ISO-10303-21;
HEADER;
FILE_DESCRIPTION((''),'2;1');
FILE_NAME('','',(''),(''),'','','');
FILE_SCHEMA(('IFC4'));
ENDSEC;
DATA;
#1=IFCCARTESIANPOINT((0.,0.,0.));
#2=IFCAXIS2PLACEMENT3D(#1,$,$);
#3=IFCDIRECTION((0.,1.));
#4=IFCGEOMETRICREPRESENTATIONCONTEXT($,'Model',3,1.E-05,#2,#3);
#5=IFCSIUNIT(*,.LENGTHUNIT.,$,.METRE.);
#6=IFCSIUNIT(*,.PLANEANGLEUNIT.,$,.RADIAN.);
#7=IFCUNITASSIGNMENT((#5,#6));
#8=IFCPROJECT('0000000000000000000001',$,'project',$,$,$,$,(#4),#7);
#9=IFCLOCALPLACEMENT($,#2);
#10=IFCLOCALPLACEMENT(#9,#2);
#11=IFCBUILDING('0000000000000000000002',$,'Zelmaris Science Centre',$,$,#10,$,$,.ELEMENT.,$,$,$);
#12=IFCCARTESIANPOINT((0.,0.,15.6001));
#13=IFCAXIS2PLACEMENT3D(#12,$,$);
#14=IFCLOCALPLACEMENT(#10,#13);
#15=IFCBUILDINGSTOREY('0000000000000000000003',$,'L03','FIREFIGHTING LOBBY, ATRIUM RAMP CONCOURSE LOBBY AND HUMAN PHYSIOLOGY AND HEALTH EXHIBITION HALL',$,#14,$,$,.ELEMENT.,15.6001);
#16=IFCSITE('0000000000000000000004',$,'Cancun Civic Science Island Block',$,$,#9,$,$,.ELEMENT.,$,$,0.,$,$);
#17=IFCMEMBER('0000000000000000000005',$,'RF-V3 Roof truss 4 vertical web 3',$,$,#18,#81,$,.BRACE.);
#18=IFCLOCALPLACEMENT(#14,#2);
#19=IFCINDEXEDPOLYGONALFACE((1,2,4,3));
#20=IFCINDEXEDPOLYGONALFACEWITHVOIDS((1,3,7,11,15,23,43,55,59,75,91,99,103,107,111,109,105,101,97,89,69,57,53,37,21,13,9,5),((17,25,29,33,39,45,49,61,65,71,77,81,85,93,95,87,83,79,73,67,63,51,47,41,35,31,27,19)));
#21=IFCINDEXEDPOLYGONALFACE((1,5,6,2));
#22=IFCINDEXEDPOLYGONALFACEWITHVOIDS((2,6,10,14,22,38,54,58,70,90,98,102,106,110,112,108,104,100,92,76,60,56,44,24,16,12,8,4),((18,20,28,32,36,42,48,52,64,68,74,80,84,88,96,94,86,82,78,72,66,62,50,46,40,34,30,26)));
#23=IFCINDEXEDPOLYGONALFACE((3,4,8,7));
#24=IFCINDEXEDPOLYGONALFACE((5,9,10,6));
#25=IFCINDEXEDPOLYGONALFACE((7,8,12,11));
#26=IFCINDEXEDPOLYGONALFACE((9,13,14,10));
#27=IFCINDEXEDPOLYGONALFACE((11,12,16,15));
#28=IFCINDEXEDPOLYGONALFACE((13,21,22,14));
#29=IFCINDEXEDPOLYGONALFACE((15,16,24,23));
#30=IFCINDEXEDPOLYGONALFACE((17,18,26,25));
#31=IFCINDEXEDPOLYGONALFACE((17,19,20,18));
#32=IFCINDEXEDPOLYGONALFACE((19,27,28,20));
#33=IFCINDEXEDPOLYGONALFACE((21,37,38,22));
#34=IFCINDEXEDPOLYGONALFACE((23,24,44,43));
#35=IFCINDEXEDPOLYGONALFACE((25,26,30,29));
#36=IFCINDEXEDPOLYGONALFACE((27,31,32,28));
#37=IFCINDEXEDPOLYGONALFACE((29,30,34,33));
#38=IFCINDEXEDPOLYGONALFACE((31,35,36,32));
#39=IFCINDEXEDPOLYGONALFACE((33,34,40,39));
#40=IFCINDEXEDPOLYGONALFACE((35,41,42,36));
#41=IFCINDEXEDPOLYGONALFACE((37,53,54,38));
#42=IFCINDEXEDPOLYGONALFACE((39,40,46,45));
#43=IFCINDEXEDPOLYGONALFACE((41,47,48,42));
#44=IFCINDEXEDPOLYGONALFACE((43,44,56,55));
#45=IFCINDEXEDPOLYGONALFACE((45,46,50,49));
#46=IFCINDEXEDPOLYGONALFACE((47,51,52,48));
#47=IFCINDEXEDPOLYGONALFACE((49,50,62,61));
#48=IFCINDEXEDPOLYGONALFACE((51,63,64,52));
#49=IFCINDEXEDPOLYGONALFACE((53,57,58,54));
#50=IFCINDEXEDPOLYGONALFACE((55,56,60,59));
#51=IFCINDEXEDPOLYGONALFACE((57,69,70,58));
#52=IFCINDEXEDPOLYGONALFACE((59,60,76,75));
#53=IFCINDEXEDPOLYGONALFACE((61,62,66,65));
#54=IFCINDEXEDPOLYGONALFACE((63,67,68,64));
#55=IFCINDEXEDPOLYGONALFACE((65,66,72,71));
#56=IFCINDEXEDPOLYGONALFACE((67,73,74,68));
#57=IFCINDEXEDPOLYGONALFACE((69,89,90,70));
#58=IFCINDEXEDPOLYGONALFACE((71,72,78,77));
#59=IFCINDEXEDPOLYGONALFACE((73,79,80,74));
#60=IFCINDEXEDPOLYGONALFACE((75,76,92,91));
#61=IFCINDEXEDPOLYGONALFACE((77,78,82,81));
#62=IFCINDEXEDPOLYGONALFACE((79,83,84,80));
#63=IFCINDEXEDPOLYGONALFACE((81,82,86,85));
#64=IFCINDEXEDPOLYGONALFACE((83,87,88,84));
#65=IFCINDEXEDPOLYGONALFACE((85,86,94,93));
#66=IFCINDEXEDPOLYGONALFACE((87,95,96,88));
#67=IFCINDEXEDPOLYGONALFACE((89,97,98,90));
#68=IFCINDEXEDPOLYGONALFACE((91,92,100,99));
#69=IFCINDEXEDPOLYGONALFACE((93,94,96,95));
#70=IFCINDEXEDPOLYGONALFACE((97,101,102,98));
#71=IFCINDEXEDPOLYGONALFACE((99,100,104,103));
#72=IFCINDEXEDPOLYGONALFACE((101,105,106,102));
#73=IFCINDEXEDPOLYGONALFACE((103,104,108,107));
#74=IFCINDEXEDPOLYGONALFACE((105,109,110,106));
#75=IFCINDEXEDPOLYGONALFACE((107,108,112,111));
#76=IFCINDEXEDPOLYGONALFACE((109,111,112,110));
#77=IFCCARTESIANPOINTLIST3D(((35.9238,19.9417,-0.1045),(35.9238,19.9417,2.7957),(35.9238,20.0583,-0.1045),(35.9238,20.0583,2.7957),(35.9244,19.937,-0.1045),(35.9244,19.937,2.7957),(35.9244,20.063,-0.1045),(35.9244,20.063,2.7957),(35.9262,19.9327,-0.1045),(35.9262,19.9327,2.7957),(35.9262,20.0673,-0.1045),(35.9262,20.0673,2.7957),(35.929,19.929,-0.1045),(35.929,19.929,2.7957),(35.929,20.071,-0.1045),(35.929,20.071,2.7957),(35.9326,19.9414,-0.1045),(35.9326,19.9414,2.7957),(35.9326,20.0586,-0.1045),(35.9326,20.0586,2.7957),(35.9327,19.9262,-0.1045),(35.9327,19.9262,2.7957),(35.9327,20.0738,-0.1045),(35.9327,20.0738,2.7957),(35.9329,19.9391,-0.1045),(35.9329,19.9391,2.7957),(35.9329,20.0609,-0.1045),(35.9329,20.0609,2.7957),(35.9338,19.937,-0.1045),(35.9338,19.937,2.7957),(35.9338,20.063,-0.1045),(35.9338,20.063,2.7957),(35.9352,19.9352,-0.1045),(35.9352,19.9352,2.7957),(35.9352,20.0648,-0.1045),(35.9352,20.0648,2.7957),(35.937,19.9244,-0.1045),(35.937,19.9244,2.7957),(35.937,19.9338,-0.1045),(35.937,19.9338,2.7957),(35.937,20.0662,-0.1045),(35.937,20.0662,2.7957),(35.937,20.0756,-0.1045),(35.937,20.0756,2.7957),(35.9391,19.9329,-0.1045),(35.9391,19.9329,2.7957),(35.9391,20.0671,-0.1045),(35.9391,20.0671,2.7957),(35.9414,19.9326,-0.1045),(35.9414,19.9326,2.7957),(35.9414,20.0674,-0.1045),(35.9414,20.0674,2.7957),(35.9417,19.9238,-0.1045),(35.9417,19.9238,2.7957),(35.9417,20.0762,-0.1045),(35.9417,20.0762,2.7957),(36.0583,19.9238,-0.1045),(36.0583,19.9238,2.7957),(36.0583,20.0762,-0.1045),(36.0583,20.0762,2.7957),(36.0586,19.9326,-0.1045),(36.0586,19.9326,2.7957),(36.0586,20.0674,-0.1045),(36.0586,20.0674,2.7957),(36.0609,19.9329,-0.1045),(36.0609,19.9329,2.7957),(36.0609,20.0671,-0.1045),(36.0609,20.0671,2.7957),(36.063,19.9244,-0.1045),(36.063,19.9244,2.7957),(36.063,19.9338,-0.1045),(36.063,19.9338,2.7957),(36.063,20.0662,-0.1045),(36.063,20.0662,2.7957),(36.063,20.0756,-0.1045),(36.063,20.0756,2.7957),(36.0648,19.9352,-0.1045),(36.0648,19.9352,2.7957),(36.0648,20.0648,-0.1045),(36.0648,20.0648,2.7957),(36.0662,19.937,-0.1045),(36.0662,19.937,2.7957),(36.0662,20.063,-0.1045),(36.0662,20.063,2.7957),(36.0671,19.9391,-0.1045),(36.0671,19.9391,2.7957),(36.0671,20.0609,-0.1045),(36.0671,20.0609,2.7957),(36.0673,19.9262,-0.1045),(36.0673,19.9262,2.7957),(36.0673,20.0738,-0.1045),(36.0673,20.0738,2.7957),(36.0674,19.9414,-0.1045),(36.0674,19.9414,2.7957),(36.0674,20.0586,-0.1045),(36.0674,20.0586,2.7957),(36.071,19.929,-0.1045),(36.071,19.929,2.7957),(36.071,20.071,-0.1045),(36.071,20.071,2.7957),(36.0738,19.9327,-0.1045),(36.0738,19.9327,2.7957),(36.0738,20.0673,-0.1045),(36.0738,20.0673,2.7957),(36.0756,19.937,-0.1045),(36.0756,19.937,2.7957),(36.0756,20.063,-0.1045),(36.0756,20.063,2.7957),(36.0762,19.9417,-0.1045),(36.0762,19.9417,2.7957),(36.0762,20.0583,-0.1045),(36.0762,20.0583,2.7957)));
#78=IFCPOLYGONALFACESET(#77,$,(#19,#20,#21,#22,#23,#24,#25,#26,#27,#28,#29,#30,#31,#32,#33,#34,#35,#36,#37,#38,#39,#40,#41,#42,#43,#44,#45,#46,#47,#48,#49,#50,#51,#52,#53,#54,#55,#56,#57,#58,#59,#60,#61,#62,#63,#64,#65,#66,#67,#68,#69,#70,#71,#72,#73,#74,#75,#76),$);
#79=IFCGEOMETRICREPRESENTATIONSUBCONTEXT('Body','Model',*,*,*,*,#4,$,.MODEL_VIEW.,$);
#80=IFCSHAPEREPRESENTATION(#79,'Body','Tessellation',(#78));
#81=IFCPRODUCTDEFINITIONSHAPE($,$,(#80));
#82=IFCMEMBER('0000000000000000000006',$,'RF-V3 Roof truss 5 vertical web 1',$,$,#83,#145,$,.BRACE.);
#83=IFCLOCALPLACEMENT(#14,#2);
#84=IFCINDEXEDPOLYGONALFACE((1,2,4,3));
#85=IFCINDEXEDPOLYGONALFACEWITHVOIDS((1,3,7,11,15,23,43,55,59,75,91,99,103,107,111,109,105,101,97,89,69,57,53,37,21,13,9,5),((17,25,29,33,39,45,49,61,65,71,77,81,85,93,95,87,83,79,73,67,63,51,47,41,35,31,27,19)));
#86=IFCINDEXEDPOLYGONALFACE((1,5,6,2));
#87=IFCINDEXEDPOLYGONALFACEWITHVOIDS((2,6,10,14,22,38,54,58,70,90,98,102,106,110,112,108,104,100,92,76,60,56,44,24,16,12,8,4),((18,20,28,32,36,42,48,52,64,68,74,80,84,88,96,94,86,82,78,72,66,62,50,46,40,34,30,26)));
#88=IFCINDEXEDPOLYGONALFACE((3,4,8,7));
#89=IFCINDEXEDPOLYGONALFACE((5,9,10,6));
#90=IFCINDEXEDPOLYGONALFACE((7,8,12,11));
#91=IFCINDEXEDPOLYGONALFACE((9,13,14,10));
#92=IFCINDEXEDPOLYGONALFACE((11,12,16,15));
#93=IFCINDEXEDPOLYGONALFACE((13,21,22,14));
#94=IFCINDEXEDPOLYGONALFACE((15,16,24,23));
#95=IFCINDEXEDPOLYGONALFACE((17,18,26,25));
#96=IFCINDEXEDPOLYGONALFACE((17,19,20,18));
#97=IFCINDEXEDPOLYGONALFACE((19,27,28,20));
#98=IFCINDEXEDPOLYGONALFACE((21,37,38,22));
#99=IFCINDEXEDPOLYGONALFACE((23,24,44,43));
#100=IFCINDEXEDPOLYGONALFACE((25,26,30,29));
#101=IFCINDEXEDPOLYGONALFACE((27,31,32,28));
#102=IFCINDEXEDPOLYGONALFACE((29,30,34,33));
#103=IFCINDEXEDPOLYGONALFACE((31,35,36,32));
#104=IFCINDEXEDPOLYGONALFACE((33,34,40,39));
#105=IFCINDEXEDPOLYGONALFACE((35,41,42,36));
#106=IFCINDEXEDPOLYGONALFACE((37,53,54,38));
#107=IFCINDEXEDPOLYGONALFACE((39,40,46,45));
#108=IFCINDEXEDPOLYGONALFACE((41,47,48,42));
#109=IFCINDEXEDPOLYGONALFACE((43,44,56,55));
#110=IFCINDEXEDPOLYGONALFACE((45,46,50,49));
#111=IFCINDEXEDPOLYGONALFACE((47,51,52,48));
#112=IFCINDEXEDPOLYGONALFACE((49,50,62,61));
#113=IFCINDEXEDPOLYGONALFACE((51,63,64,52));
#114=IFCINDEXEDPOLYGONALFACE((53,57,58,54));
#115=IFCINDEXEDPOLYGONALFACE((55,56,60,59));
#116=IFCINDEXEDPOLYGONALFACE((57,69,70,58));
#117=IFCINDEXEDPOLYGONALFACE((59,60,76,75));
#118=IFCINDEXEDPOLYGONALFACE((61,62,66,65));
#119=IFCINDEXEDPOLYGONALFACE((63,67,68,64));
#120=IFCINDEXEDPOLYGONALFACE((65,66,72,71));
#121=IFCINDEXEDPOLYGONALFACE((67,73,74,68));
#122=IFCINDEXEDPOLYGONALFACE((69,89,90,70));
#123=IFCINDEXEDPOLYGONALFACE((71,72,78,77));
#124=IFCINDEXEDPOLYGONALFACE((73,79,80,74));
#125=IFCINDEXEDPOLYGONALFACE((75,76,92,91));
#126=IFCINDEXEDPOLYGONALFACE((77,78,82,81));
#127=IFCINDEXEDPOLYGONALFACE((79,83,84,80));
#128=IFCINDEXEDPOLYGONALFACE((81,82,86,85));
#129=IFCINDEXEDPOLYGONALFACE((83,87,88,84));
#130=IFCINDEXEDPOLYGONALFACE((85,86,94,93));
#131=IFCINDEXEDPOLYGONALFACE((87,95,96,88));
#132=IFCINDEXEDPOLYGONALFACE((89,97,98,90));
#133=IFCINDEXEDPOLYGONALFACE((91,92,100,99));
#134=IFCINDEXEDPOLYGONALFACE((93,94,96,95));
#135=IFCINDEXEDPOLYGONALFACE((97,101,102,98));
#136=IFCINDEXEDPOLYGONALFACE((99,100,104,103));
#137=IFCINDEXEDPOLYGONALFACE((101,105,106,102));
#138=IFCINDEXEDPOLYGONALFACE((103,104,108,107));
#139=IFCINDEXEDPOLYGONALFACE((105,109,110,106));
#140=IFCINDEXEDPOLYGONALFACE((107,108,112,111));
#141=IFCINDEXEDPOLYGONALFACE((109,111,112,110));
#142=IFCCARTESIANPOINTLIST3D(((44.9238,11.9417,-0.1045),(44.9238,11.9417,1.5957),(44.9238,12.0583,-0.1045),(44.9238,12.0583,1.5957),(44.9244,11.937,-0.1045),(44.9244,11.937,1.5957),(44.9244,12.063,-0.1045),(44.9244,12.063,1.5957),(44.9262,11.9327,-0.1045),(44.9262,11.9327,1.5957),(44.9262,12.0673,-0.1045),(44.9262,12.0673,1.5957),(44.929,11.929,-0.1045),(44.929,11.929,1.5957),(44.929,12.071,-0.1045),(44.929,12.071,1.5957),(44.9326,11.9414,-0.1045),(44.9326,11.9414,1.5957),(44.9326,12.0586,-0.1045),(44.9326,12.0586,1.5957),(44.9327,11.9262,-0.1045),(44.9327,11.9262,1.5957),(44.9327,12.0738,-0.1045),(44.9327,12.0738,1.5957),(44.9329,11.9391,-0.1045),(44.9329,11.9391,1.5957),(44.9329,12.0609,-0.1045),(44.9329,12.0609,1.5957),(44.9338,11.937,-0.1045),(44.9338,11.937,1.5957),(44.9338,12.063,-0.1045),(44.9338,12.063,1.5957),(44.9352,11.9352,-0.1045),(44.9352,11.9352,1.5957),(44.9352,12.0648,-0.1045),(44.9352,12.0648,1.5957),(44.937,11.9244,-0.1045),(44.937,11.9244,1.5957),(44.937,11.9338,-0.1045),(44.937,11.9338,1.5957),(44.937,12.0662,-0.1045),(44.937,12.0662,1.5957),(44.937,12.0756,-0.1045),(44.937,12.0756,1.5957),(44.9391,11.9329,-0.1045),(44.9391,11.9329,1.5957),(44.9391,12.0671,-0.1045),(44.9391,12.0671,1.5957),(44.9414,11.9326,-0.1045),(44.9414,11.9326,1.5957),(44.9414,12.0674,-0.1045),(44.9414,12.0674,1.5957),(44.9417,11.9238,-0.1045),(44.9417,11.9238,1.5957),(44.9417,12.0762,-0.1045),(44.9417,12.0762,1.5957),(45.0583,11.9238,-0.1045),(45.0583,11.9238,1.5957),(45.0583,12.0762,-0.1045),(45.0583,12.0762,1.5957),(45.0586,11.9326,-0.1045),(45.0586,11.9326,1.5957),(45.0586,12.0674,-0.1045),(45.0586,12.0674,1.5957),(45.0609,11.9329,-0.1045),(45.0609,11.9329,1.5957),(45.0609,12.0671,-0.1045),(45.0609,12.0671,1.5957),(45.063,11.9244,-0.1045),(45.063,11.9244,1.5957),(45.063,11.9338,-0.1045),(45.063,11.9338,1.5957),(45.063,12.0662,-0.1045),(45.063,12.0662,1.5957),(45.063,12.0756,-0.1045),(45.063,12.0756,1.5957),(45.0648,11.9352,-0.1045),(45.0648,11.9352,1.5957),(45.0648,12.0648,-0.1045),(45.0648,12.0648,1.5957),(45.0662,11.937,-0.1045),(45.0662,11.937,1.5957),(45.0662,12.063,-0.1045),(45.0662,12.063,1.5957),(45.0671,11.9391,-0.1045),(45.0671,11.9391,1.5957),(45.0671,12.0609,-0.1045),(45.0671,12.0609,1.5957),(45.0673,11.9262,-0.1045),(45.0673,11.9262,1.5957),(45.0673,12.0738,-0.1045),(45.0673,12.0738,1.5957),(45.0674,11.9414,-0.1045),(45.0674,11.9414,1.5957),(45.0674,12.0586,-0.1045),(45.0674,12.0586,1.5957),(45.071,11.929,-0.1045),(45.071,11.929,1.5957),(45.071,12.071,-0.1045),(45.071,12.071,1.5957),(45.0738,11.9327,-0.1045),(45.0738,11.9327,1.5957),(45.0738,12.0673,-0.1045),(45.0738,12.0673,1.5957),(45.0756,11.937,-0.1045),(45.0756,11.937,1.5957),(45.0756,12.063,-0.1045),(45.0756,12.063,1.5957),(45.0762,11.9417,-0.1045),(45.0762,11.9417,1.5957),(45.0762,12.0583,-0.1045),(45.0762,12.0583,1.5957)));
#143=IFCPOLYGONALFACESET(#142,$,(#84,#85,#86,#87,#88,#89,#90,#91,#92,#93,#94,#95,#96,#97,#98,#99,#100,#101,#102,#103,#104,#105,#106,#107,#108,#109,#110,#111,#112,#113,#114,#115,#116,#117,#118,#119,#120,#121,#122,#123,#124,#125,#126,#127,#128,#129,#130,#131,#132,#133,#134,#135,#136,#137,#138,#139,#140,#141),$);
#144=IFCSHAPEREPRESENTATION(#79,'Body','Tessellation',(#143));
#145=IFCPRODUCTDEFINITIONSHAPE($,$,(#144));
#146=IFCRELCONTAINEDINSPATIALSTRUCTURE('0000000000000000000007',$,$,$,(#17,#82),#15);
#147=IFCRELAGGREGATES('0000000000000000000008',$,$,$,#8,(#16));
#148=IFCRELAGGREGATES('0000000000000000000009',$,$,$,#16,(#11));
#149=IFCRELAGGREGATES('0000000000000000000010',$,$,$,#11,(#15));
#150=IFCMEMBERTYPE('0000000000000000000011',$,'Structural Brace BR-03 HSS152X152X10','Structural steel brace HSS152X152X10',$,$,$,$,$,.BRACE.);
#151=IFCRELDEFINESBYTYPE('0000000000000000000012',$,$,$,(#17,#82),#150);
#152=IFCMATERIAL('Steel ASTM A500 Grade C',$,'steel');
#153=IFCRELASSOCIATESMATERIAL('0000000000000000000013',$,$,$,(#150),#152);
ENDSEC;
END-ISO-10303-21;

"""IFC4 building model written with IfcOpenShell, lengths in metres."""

from ifc_helpers import new_model, si_unit, direction, frame, origin, origin_2d, place, context, subcontext, project, spatial, hollow_rectangle, extrude, material, material_profile, profile_set, type_object, element, save


model = new_model("IFC4")

# Units and contexts
model_context = context("Model", 3, precision=1e-05, world=origin(), true_north=direction((0.0, 1.0)))
body_context = subcontext(model_context, "Body", "Model", "MODEL_VIEW")
ifc_project = project(units=[si_unit("LENGTHUNIT", "METRE"), si_unit("PLANEANGLEUNIT", "RADIAN")], contexts=[model_context])

# Site, building, storey
site_placement = place(None, origin())
site = spatial("IfcSite", under=ifc_project, at=site_placement, Name="Cancun Civic Science Island Block", CompositionType="ELEMENT", RefElevation=0.0)
building_placement = place(site_placement, origin())
building = spatial("IfcBuilding", under=site, at=building_placement, Name="Zelmaris Science Centre", CompositionType="ELEMENT")
storey_placement = place(building_placement, frame((0.0, 0.0, 15.6001)))
storey = spatial("IfcBuildingStorey", under=building, at=storey_placement, Name="L03", Description="FIREFIGHTING LOBBY, ATRIUM RAMP CONCOURSE LOBBY AND HUMAN PHYSIOLOGY AND HEALTH EXHIBITION HALL", CompositionType="ELEMENT", Elevation=15.6001)

# Shared definitions
ifc_material = material(Name="Steel ASTM A500 Grade C", Category="steel")

# Members
ifc_material_profile_1 = material_profile(ifc_material, hollow_rectangle(XDim=0.1523, YDim=0.1523, WallThickness=0.0088, InnerFilletRadius=0.0088, OuterFilletRadius=0.0178, at=origin_2d()), Name="HSS152X152X10")
ifc_profile_set_1 = profile_set([ifc_material_profile_1], Name="Steel ASTM A500 Grade C")
member_type_1 = type_object("IfcMemberType", Name="Structural Brace BR-03 HSS152X152X10", Description="Structural steel brace HSS152X152X10", PredefinedType="BRACE", material=ifc_profile_set_1)
member_1_placement = place(storey_placement, frame((36.0, 20.0, -0.1045), z_axis=(0.0, 0.0, 1.0), x_axis=(1.0, 0.0, 0.0)))
element("IfcMember", 1, at=member_1_placement, inside=storey, type_object=member_type_1, Name="RF-V3 Roof truss 4 vertical web 3", PredefinedType="BRACE", context=body_context, shape_type="SweptSolid", body=[
    extrude(hollow_rectangle(XDim=0.1523, YDim=0.1523, WallThickness=0.0088, InnerFilletRadius=0.0088, OuterFilletRadius=0.0178, at=origin_2d()), origin(), (0.0, 0.0, 1.0), 2.9001),
])
member_2_placement = place(storey_placement, frame((45.0, 12.0, -0.1045), z_axis=(0.0, 0.0, 1.0), x_axis=(1.0, 0.0, 0.0)))
element("IfcMember", 2, at=member_2_placement, inside=storey, type_object=member_type_1, Name="RF-V3 Roof truss 5 vertical web 1", PredefinedType="BRACE", context=body_context, shape_type="SweptSolid", body=[
    extrude(hollow_rectangle(XDim=0.1523, YDim=0.1523, WallThickness=0.0088, InnerFilletRadius=0.0088, OuterFilletRadius=0.0178, at=origin_2d()), origin(), (0.0, 0.0, 1.0), 1.7002),
])

save(model, "model.ifc")
